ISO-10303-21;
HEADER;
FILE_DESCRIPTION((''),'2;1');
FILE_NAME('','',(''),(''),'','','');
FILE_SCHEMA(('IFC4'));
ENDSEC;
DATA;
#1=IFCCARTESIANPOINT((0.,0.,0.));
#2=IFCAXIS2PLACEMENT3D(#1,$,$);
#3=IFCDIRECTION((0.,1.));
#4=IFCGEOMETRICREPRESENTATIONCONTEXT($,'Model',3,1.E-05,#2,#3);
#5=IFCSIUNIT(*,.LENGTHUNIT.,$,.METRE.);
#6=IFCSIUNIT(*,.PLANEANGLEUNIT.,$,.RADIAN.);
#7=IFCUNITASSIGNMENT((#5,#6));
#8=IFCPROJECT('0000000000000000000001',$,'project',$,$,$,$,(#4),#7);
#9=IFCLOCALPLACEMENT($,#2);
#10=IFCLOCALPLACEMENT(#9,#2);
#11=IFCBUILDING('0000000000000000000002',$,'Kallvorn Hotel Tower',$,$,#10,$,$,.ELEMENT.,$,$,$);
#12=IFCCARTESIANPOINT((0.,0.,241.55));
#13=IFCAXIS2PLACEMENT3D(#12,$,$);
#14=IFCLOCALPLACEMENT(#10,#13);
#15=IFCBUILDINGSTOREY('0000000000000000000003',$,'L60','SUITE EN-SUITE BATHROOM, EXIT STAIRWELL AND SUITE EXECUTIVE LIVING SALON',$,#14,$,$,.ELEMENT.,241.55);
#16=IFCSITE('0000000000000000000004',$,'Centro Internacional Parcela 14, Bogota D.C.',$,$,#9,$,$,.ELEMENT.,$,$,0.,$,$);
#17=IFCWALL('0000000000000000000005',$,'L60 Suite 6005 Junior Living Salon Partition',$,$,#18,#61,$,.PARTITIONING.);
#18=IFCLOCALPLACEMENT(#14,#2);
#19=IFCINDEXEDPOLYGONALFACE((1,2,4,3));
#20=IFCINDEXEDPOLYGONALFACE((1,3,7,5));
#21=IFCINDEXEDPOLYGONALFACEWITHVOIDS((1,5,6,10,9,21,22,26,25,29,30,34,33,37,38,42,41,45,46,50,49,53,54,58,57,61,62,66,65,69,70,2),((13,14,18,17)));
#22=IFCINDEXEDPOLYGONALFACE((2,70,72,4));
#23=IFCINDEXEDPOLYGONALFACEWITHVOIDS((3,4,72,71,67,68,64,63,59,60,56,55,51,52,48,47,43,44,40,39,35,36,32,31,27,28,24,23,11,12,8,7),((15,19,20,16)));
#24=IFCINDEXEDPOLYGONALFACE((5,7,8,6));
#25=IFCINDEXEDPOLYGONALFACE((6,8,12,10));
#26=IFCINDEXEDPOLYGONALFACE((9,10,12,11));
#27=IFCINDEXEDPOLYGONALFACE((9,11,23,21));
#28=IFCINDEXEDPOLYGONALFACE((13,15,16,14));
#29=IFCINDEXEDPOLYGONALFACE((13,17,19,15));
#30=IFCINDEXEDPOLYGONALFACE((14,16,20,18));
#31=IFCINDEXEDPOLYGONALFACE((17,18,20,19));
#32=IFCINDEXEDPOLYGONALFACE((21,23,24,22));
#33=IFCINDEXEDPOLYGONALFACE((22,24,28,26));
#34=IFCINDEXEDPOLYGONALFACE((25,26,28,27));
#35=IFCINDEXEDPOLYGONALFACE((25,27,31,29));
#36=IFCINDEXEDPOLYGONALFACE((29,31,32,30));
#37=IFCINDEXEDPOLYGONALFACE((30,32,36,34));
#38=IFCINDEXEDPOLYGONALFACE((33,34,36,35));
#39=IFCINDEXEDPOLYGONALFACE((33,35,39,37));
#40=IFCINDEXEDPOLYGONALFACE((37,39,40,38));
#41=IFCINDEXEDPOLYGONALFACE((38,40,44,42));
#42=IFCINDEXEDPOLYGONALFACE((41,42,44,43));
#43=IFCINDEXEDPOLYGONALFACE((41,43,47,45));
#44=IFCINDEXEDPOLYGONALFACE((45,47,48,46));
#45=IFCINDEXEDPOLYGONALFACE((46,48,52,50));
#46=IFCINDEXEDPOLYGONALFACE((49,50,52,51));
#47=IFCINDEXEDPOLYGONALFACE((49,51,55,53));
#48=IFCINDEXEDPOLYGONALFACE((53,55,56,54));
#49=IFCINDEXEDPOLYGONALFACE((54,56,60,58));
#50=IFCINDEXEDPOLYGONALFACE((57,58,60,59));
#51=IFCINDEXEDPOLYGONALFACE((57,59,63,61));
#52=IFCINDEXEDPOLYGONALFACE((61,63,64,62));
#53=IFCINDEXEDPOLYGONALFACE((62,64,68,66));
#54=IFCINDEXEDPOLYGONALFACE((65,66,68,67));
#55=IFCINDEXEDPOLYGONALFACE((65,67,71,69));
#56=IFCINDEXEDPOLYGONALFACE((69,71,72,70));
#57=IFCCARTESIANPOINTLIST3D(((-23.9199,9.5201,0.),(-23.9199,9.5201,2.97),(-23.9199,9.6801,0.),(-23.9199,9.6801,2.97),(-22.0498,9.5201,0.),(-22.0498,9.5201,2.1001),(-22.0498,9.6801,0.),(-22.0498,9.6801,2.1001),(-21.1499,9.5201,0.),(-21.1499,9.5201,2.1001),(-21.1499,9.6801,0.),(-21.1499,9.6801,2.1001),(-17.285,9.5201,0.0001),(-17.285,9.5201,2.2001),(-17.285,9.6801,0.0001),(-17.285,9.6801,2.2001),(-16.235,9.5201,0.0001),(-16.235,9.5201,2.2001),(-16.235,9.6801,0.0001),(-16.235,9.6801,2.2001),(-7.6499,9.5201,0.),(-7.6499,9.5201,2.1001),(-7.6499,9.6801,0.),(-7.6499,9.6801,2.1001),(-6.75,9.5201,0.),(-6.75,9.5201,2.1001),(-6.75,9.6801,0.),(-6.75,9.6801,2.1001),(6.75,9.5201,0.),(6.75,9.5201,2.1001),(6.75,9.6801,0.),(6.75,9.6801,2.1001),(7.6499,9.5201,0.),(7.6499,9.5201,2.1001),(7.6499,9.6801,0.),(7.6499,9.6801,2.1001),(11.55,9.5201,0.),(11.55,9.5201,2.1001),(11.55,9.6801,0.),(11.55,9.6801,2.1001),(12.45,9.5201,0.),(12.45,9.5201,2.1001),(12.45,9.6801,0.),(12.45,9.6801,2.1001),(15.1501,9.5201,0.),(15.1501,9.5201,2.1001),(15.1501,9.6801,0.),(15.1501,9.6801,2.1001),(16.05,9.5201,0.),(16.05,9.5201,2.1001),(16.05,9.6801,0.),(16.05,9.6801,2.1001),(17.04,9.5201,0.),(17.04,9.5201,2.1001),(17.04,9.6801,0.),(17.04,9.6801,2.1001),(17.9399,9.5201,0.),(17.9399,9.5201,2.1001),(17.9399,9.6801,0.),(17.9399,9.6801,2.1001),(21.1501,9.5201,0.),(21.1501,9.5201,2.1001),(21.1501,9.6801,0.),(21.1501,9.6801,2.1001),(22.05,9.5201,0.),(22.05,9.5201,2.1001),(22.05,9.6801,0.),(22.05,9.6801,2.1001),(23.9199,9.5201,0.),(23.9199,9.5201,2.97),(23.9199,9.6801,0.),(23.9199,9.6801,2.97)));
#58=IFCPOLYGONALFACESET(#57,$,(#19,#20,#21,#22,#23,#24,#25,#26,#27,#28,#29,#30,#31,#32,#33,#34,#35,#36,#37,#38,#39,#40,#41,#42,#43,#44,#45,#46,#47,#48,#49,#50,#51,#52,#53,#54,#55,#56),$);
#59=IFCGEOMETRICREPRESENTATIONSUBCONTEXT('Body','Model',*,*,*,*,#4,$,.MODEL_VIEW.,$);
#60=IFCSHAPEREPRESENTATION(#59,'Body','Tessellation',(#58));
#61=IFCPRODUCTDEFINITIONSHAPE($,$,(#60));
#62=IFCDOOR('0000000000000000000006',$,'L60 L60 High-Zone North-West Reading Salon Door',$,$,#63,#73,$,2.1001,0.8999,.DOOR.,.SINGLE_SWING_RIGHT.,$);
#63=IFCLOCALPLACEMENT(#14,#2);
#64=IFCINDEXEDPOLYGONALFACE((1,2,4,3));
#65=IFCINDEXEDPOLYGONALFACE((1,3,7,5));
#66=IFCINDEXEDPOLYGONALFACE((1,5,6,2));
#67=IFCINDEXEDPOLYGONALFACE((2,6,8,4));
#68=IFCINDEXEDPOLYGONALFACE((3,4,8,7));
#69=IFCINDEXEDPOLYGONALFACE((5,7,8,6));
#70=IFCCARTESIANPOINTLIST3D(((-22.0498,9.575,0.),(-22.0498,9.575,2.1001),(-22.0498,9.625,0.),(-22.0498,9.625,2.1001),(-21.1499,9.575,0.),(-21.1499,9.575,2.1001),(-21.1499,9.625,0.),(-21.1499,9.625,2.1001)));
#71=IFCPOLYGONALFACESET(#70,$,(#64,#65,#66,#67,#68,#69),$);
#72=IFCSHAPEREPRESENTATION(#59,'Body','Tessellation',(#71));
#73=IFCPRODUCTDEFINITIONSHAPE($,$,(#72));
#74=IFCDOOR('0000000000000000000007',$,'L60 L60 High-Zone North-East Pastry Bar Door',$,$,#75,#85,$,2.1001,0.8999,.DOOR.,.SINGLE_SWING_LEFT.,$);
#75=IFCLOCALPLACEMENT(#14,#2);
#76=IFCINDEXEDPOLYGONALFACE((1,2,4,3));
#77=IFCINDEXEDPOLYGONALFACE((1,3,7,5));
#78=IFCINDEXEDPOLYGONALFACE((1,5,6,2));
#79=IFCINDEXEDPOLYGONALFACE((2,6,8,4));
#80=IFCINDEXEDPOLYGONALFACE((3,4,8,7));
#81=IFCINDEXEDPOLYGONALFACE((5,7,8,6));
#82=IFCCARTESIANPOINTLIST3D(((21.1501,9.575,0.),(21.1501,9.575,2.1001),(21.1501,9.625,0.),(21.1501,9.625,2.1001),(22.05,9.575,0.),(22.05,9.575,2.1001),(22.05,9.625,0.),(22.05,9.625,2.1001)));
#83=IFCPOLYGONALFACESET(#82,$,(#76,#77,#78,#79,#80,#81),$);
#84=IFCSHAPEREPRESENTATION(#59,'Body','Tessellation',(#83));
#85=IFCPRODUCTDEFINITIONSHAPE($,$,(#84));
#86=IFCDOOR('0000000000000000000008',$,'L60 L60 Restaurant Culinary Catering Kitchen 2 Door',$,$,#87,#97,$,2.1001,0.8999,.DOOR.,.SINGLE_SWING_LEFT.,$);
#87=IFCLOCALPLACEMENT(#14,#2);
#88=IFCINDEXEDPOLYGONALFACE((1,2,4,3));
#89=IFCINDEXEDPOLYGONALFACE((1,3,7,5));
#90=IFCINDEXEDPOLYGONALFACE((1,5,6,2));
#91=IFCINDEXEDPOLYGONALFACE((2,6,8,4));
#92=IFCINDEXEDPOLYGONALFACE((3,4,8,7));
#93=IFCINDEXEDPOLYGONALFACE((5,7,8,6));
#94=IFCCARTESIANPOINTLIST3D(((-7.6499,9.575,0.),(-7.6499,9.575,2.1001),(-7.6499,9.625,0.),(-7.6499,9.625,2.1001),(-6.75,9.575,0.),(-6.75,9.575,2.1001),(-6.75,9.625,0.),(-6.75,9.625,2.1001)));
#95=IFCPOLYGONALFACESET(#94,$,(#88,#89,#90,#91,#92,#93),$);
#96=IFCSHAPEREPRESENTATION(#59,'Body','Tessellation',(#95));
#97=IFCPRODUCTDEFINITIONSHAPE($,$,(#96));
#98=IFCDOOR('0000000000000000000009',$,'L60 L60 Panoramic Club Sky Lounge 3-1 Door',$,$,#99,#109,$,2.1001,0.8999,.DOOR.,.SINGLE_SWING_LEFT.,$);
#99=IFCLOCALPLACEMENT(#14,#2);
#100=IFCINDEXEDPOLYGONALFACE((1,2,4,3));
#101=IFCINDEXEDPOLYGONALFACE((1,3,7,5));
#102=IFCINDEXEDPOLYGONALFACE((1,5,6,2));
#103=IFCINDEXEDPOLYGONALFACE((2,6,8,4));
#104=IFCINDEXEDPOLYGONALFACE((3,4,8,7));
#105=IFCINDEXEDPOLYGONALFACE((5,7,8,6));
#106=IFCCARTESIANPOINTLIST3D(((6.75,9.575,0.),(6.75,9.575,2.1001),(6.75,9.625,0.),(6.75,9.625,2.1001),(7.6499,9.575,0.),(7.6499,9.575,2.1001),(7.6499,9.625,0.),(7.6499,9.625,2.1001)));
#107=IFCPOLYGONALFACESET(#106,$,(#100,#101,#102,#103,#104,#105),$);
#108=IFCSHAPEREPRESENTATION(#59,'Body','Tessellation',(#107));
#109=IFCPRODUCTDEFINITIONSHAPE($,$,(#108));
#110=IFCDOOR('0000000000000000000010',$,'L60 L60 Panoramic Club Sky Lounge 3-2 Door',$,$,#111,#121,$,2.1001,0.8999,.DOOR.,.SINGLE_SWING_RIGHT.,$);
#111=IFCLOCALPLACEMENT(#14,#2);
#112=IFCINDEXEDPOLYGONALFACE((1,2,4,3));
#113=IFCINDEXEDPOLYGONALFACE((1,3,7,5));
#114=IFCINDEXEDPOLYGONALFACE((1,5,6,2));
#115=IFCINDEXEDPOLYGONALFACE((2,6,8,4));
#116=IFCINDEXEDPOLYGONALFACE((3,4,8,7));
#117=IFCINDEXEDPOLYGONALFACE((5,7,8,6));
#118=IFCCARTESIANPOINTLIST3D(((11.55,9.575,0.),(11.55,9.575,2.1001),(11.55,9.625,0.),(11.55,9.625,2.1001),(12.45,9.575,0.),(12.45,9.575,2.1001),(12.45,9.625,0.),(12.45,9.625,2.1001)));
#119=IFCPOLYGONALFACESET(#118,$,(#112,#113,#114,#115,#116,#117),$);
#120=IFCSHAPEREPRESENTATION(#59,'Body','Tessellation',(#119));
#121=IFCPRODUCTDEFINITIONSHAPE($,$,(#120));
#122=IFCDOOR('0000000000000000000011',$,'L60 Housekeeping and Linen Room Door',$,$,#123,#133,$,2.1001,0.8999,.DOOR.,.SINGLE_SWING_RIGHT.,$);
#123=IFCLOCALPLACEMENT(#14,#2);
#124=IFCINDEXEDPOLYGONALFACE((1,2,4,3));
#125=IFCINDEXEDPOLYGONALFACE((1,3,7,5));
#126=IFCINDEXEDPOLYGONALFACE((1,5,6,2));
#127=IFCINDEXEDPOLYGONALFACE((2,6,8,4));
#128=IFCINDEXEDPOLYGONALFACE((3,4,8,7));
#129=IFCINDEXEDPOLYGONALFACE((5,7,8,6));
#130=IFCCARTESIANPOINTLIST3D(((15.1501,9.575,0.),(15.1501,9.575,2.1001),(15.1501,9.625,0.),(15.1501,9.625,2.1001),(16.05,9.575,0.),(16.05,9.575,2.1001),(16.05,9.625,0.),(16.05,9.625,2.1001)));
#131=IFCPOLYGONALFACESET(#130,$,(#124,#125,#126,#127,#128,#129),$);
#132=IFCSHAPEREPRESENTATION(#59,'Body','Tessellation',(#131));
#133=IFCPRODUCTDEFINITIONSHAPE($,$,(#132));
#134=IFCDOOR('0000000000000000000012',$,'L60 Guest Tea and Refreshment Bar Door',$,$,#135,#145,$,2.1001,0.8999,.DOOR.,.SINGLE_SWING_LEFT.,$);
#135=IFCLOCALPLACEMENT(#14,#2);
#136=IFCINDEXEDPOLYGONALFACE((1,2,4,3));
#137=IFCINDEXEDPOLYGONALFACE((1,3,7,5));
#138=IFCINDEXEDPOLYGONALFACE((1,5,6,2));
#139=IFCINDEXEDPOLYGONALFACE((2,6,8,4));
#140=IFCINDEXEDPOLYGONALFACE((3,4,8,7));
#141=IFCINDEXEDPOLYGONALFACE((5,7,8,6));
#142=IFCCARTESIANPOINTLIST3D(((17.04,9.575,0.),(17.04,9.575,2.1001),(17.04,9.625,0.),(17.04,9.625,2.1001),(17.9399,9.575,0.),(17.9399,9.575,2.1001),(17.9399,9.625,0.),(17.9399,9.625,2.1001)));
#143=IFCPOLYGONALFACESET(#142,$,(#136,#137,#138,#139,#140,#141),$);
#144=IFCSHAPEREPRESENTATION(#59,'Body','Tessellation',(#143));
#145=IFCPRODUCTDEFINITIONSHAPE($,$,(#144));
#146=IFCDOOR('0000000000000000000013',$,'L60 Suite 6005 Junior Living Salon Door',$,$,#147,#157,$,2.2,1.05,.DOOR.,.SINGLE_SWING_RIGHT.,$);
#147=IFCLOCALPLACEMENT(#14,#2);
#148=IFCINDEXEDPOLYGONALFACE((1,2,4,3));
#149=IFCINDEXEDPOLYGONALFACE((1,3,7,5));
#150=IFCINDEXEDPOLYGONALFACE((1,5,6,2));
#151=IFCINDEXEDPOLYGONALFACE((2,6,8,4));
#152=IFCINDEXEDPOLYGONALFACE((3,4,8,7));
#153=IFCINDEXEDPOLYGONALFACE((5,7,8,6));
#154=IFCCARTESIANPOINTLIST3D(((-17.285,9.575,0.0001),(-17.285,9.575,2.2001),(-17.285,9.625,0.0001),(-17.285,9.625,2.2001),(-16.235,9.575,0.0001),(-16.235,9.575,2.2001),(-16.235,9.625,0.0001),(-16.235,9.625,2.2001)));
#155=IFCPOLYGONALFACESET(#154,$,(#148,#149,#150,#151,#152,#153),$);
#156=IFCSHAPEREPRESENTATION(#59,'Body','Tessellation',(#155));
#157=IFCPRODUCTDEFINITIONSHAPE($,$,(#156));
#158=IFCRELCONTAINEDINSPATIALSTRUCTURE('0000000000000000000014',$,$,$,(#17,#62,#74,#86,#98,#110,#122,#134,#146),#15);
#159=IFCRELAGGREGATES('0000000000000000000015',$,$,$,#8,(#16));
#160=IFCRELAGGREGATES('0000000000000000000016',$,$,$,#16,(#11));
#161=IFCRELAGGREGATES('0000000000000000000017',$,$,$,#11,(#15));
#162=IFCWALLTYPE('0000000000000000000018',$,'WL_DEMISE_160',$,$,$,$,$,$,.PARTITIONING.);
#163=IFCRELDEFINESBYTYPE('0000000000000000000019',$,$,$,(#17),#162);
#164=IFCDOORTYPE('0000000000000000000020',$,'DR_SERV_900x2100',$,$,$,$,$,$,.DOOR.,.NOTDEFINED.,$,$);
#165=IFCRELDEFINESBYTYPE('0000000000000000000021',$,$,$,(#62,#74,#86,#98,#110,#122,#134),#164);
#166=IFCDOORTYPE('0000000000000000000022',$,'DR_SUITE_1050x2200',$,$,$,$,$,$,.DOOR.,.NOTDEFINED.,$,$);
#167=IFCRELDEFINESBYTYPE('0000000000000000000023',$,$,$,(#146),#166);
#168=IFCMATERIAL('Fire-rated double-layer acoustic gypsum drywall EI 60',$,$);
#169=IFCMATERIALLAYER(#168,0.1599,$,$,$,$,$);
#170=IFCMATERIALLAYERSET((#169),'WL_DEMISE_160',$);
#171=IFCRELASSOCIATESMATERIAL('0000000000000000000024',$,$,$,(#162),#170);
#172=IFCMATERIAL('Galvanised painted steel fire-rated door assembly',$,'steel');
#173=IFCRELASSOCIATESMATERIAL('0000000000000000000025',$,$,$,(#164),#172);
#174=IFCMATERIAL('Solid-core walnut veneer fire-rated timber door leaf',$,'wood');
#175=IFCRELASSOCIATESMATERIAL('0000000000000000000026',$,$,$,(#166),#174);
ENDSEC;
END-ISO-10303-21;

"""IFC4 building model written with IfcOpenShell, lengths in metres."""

from ifc_helpers import new_model, si_unit, direction, frame, frame_2d, origin, place, context, subcontext, project, spatial, rectangle, extrude, material, layer, layer_set, type_object, element, fill, save


model = new_model("IFC4")

# Units and contexts
model_context = context("Model", 3, precision=1e-05, world=origin(), true_north=direction((0.0, 1.0)))
body_context = subcontext(model_context, "Body", "Model", "MODEL_VIEW")
ifc_project = project(units=[si_unit("LENGTHUNIT", "METRE"), si_unit("PLANEANGLEUNIT", "RADIAN")], contexts=[model_context])

# Site, building, storey
site_placement = place(None, origin())
site = spatial("IfcSite", under=ifc_project, at=site_placement, Name="Centro Internacional Parcela 14, Bogota D.C.", CompositionType="ELEMENT", RefElevation=0.0)
building_placement = place(site_placement, origin())
building = spatial("IfcBuilding", under=site, at=building_placement, Name="Kallvorn Hotel Tower", CompositionType="ELEMENT")
storey_placement = place(building_placement, frame((0.0, 0.0, 241.55)))
storey = spatial("IfcBuildingStorey", under=building, at=storey_placement, Name="L60", Description="SUITE EN-SUITE BATHROOM, EXIT STAIRWELL AND SUITE EXECUTIVE LIVING SALON", CompositionType="ELEMENT", Elevation=241.55)

# Wall, openings, doors
ifc_material_1 = material(Name="Fire-rated double-layer acoustic gypsum drywall EI 60")
ifc_layer_1 = layer(ifc_material_1, 0.1599)
ifc_layer_set_1 = layer_set([ifc_layer_1], Name="WL_DEMISE_160")
wall_type_1 = type_object("IfcWallType", Name="WL_DEMISE_160", PredefinedType="PARTITIONING", material=ifc_layer_set_1)
wall_1_placement = place(storey_placement, frame((-23.9199, 9.6001, 0.0), z_axis=(0.0, 0.0, 1.0), x_axis=(1.0, 0.0, 0.0)))
wall_1 = element("IfcWall", 1, at=wall_1_placement, inside=storey, type_object=wall_type_1, Name="L60 Suite 6005 Junior Living Salon Partition", PredefinedType="PARTITIONING", context=body_context, shape_type="SweptSolid", body=[
    extrude(rectangle(XDim=47.8398, YDim=0.1599, at=frame_2d((23.9199, 0.0))), origin(), (0.0, 0.0, 1.0), 2.97),
])
opening_1_placement = place(wall_1_placement, frame((1.8701, 0.0, 0.0)))
opening_1 = element("IfcOpeningElement", 2, at=opening_1_placement, cuts=wall_1, PredefinedType="OPENING", context=body_context, shape_type="SweptSolid", body=[
    extrude(rectangle(XDim=0.8999, YDim=2.1001, at=frame_2d((0.45, 1.05))), frame((0.0, 0.095, 0.0), z_axis=(0.0, -1.0, 0.0), x_axis=(1.0, 0.0, 0.0)), (0.0, 0.0, 1.0), 0.1899),
])
opening_2_placement = place(wall_1_placement, frame((45.0701, 0.0, 0.0)))
opening_2 = element("IfcOpeningElement", 3, at=opening_2_placement, cuts=wall_1, PredefinedType="OPENING", context=body_context, shape_type="SweptSolid", body=[
    extrude(rectangle(XDim=0.8999, YDim=2.1001, at=frame_2d((0.45, 1.05))), frame((0.0, 0.095, 0.0), z_axis=(0.0, -1.0, 0.0), x_axis=(1.0, 0.0, 0.0)), (0.0, 0.0, 1.0), 0.1899),
])
opening_3_placement = place(wall_1_placement, frame((6.635, 0.0, 0.0)))
opening_3 = element("IfcOpeningElement", 4, at=opening_3_placement, cuts=wall_1, PredefinedType="OPENING", context=body_context, shape_type="SweptSolid", body=[
    extrude(rectangle(XDim=1.05, YDim=2.2, at=frame_2d((0.5249, 1.1001))), frame((0.0, 0.095, 0.0), z_axis=(0.0, -1.0, 0.0), x_axis=(1.0, 0.0, 0.0)), (0.0, 0.0, 1.0), 0.1899),
])
opening_4_placement = place(wall_1_placement, frame((16.27, 0.0, 0.0)))
opening_4 = element("IfcOpeningElement", 5, at=opening_4_placement, cuts=wall_1, PredefinedType="OPENING", context=body_context, shape_type="SweptSolid", body=[
    extrude(rectangle(XDim=0.8999, YDim=2.1001, at=frame_2d((0.45, 1.05))), frame((0.0, 0.095, 0.0), z_axis=(0.0, -1.0, 0.0), x_axis=(1.0, 0.0, 0.0)), (0.0, 0.0, 1.0), 0.1899),
])
opening_5_placement = place(wall_1_placement, frame((30.6699, 0.0, 0.0)))
opening_5 = element("IfcOpeningElement", 6, at=opening_5_placement, cuts=wall_1, PredefinedType="OPENING", context=body_context, shape_type="SweptSolid", body=[
    extrude(rectangle(XDim=0.8999, YDim=2.1001, at=frame_2d((0.45, 1.05))), frame((0.0, 0.095, 0.0), z_axis=(0.0, -1.0, 0.0), x_axis=(1.0, 0.0, 0.0)), (0.0, 0.0, 1.0), 0.1899),
])
opening_6_placement = place(wall_1_placement, frame((35.47, 0.0, 0.0)))
opening_6 = element("IfcOpeningElement", 7, at=opening_6_placement, cuts=wall_1, PredefinedType="OPENING", context=body_context, shape_type="SweptSolid", body=[
    extrude(rectangle(XDim=0.8999, YDim=2.1001, at=frame_2d((0.45, 1.05))), frame((0.0, 0.095, 0.0), z_axis=(0.0, -1.0, 0.0), x_axis=(1.0, 0.0, 0.0)), (0.0, 0.0, 1.0), 0.1899),
])
opening_7_placement = place(wall_1_placement, frame((39.0701, 0.0, 0.0)))
opening_7 = element("IfcOpeningElement", 8, at=opening_7_placement, cuts=wall_1, PredefinedType="OPENING", context=body_context, shape_type="SweptSolid", body=[
    extrude(rectangle(XDim=0.8999, YDim=2.1001, at=frame_2d((0.45, 1.05))), frame((0.0, 0.095, 0.0), z_axis=(0.0, -1.0, 0.0), x_axis=(1.0, 0.0, 0.0)), (0.0, 0.0, 1.0), 0.1899),
])
opening_8_placement = place(wall_1_placement, frame((40.96, 0.0, 0.0)))
opening_8 = element("IfcOpeningElement", 9, at=opening_8_placement, cuts=wall_1, PredefinedType="OPENING", context=body_context, shape_type="SweptSolid", body=[
    extrude(rectangle(XDim=0.8999, YDim=2.1001, at=frame_2d((0.45, 1.05))), frame((0.0, 0.095, 0.0), z_axis=(0.0, -1.0, 0.0), x_axis=(1.0, 0.0, 0.0)), (0.0, 0.0, 1.0), 0.1899),
])
ifc_material_2 = material(Name="Galvanised painted steel fire-rated door assembly", Category="steel")
door_type_1 = type_object("IfcDoorType", Name="DR_SERV_900x2100", OperationType="NOTDEFINED", PredefinedType="DOOR", material=ifc_material_2)
door_1_placement = place(opening_1_placement, origin())
door_1 = element("IfcDoor", 10, at=door_1_placement, inside=storey, type_object=door_type_1, Name="L60 L60 High-Zone North-West Reading Salon Door", OperationType="SINGLE_SWING_RIGHT", OverallHeight=2.1001, OverallWidth=0.8999, PredefinedType="DOOR", context=body_context, shape_type="SweptSolid", body=[
    extrude(rectangle(XDim=0.8999, YDim=2.1001, at=frame_2d((0.45, 1.05))), frame((0.0, 0.0249, 0.0), z_axis=(0.0, -1.0, 0.0), x_axis=(1.0, 0.0, 0.0)), (0.0, 0.0, 1.0), 0.05),
])
fill(opening_1, door_1)
door_2_placement = place(opening_2_placement, origin())
door_2 = element("IfcDoor", 11, at=door_2_placement, inside=storey, type_object=door_type_1, Name="L60 L60 High-Zone North-East Pastry Bar Door", OperationType="SINGLE_SWING_LEFT", OverallHeight=2.1001, OverallWidth=0.8999, PredefinedType="DOOR", context=body_context, shape_type="SweptSolid", body=[
    extrude(rectangle(XDim=0.8999, YDim=2.1001, at=frame_2d((0.45, 1.05))), frame((0.0, 0.0249, 0.0), z_axis=(0.0, -1.0, 0.0), x_axis=(1.0, 0.0, 0.0)), (0.0, 0.0, 1.0), 0.05),
])
fill(opening_2, door_2)
door_3_placement = place(opening_4_placement, origin())
door_3 = element("IfcDoor", 12, at=door_3_placement, inside=storey, type_object=door_type_1, Name="L60 L60 Restaurant Culinary Catering Kitchen 2 Door", OperationType="SINGLE_SWING_LEFT", OverallHeight=2.1001, OverallWidth=0.8999, PredefinedType="DOOR", context=body_context, shape_type="SweptSolid", body=[
    extrude(rectangle(XDim=0.8999, YDim=2.1001, at=frame_2d((0.45, 1.05))), frame((0.0, 0.0249, 0.0), z_axis=(0.0, -1.0, 0.0), x_axis=(1.0, 0.0, 0.0)), (0.0, 0.0, 1.0), 0.05),
])
fill(opening_4, door_3)
door_4_placement = place(opening_5_placement, origin())
door_4 = element("IfcDoor", 13, at=door_4_placement, inside=storey, type_object=door_type_1, Name="L60 L60 Panoramic Club Sky Lounge 3-1 Door", OperationType="SINGLE_SWING_LEFT", OverallHeight=2.1001, OverallWidth=0.8999, PredefinedType="DOOR", context=body_context, shape_type="SweptSolid", body=[
    extrude(rectangle(XDim=0.8999, YDim=2.1001, at=frame_2d((0.45, 1.05))), frame((0.0, 0.0249, 0.0), z_axis=(0.0, -1.0, 0.0), x_axis=(1.0, 0.0, 0.0)), (0.0, 0.0, 1.0), 0.05),
])
fill(opening_5, door_4)
door_5_placement = place(opening_6_placement, origin())
door_5 = element("IfcDoor", 14, at=door_5_placement, inside=storey, type_object=door_type_1, Name="L60 L60 Panoramic Club Sky Lounge 3-2 Door", OperationType="SINGLE_SWING_RIGHT", OverallHeight=2.1001, OverallWidth=0.8999, PredefinedType="DOOR", context=body_context, shape_type="SweptSolid", body=[
    extrude(rectangle(XDim=0.8999, YDim=2.1001, at=frame_2d((0.45, 1.05))), frame((0.0, 0.0249, 0.0), z_axis=(0.0, -1.0, 0.0), x_axis=(1.0, 0.0, 0.0)), (0.0, 0.0, 1.0), 0.05),
])
fill(opening_6, door_5)
door_6_placement = place(opening_7_placement, origin())
door_6 = element("IfcDoor", 15, at=door_6_placement, inside=storey, type_object=door_type_1, Name="L60 Housekeeping and Linen Room Door", OperationType="SINGLE_SWING_RIGHT", OverallHeight=2.1001, OverallWidth=0.8999, PredefinedType="DOOR", context=body_context, shape_type="SweptSolid", body=[
    extrude(rectangle(XDim=0.8999, YDim=2.1001, at=frame_2d((0.45, 1.05))), frame((0.0, 0.0249, 0.0), z_axis=(0.0, -1.0, 0.0), x_axis=(1.0, 0.0, 0.0)), (0.0, 0.0, 1.0), 0.05),
])
fill(opening_7, door_6)
door_7_placement = place(opening_8_placement, origin())
door_7 = element("IfcDoor", 16, at=door_7_placement, inside=storey, type_object=door_type_1, Name="L60 Guest Tea and Refreshment Bar Door", OperationType="SINGLE_SWING_LEFT", OverallHeight=2.1001, OverallWidth=0.8999, PredefinedType="DOOR", context=body_context, shape_type="SweptSolid", body=[
    extrude(rectangle(XDim=0.8999, YDim=2.1001, at=frame_2d((0.45, 1.05))), frame((0.0, 0.0249, 0.0), z_axis=(0.0, -1.0, 0.0), x_axis=(1.0, 0.0, 0.0)), (0.0, 0.0, 1.0), 0.05),
])
fill(opening_8, door_7)
ifc_material_3 = material(Name="Solid-core walnut veneer fire-rated timber door leaf", Category="wood")
door_type_2 = type_object("IfcDoorType", Name="DR_SUITE_1050x2200", OperationType="NOTDEFINED", PredefinedType="DOOR", material=ifc_material_3)
door_8_placement = place(opening_3_placement, origin())
door_8 = element("IfcDoor", 17, at=door_8_placement, inside=storey, type_object=door_type_2, Name="L60 Suite 6005 Junior Living Salon Door", OperationType="SINGLE_SWING_RIGHT", OverallHeight=2.2, OverallWidth=1.05, PredefinedType="DOOR", context=body_context, shape_type="SweptSolid", body=[
    extrude(rectangle(XDim=1.05, YDim=2.2, at=frame_2d((0.5249, 1.1001))), frame((0.0, 0.0249, 0.0), z_axis=(0.0, -1.0, 0.0), x_axis=(1.0, 0.0, 0.0)), (0.0, 0.0, 1.0), 0.05),
])
fill(opening_3, door_8)

save(model, "model.ifc")
